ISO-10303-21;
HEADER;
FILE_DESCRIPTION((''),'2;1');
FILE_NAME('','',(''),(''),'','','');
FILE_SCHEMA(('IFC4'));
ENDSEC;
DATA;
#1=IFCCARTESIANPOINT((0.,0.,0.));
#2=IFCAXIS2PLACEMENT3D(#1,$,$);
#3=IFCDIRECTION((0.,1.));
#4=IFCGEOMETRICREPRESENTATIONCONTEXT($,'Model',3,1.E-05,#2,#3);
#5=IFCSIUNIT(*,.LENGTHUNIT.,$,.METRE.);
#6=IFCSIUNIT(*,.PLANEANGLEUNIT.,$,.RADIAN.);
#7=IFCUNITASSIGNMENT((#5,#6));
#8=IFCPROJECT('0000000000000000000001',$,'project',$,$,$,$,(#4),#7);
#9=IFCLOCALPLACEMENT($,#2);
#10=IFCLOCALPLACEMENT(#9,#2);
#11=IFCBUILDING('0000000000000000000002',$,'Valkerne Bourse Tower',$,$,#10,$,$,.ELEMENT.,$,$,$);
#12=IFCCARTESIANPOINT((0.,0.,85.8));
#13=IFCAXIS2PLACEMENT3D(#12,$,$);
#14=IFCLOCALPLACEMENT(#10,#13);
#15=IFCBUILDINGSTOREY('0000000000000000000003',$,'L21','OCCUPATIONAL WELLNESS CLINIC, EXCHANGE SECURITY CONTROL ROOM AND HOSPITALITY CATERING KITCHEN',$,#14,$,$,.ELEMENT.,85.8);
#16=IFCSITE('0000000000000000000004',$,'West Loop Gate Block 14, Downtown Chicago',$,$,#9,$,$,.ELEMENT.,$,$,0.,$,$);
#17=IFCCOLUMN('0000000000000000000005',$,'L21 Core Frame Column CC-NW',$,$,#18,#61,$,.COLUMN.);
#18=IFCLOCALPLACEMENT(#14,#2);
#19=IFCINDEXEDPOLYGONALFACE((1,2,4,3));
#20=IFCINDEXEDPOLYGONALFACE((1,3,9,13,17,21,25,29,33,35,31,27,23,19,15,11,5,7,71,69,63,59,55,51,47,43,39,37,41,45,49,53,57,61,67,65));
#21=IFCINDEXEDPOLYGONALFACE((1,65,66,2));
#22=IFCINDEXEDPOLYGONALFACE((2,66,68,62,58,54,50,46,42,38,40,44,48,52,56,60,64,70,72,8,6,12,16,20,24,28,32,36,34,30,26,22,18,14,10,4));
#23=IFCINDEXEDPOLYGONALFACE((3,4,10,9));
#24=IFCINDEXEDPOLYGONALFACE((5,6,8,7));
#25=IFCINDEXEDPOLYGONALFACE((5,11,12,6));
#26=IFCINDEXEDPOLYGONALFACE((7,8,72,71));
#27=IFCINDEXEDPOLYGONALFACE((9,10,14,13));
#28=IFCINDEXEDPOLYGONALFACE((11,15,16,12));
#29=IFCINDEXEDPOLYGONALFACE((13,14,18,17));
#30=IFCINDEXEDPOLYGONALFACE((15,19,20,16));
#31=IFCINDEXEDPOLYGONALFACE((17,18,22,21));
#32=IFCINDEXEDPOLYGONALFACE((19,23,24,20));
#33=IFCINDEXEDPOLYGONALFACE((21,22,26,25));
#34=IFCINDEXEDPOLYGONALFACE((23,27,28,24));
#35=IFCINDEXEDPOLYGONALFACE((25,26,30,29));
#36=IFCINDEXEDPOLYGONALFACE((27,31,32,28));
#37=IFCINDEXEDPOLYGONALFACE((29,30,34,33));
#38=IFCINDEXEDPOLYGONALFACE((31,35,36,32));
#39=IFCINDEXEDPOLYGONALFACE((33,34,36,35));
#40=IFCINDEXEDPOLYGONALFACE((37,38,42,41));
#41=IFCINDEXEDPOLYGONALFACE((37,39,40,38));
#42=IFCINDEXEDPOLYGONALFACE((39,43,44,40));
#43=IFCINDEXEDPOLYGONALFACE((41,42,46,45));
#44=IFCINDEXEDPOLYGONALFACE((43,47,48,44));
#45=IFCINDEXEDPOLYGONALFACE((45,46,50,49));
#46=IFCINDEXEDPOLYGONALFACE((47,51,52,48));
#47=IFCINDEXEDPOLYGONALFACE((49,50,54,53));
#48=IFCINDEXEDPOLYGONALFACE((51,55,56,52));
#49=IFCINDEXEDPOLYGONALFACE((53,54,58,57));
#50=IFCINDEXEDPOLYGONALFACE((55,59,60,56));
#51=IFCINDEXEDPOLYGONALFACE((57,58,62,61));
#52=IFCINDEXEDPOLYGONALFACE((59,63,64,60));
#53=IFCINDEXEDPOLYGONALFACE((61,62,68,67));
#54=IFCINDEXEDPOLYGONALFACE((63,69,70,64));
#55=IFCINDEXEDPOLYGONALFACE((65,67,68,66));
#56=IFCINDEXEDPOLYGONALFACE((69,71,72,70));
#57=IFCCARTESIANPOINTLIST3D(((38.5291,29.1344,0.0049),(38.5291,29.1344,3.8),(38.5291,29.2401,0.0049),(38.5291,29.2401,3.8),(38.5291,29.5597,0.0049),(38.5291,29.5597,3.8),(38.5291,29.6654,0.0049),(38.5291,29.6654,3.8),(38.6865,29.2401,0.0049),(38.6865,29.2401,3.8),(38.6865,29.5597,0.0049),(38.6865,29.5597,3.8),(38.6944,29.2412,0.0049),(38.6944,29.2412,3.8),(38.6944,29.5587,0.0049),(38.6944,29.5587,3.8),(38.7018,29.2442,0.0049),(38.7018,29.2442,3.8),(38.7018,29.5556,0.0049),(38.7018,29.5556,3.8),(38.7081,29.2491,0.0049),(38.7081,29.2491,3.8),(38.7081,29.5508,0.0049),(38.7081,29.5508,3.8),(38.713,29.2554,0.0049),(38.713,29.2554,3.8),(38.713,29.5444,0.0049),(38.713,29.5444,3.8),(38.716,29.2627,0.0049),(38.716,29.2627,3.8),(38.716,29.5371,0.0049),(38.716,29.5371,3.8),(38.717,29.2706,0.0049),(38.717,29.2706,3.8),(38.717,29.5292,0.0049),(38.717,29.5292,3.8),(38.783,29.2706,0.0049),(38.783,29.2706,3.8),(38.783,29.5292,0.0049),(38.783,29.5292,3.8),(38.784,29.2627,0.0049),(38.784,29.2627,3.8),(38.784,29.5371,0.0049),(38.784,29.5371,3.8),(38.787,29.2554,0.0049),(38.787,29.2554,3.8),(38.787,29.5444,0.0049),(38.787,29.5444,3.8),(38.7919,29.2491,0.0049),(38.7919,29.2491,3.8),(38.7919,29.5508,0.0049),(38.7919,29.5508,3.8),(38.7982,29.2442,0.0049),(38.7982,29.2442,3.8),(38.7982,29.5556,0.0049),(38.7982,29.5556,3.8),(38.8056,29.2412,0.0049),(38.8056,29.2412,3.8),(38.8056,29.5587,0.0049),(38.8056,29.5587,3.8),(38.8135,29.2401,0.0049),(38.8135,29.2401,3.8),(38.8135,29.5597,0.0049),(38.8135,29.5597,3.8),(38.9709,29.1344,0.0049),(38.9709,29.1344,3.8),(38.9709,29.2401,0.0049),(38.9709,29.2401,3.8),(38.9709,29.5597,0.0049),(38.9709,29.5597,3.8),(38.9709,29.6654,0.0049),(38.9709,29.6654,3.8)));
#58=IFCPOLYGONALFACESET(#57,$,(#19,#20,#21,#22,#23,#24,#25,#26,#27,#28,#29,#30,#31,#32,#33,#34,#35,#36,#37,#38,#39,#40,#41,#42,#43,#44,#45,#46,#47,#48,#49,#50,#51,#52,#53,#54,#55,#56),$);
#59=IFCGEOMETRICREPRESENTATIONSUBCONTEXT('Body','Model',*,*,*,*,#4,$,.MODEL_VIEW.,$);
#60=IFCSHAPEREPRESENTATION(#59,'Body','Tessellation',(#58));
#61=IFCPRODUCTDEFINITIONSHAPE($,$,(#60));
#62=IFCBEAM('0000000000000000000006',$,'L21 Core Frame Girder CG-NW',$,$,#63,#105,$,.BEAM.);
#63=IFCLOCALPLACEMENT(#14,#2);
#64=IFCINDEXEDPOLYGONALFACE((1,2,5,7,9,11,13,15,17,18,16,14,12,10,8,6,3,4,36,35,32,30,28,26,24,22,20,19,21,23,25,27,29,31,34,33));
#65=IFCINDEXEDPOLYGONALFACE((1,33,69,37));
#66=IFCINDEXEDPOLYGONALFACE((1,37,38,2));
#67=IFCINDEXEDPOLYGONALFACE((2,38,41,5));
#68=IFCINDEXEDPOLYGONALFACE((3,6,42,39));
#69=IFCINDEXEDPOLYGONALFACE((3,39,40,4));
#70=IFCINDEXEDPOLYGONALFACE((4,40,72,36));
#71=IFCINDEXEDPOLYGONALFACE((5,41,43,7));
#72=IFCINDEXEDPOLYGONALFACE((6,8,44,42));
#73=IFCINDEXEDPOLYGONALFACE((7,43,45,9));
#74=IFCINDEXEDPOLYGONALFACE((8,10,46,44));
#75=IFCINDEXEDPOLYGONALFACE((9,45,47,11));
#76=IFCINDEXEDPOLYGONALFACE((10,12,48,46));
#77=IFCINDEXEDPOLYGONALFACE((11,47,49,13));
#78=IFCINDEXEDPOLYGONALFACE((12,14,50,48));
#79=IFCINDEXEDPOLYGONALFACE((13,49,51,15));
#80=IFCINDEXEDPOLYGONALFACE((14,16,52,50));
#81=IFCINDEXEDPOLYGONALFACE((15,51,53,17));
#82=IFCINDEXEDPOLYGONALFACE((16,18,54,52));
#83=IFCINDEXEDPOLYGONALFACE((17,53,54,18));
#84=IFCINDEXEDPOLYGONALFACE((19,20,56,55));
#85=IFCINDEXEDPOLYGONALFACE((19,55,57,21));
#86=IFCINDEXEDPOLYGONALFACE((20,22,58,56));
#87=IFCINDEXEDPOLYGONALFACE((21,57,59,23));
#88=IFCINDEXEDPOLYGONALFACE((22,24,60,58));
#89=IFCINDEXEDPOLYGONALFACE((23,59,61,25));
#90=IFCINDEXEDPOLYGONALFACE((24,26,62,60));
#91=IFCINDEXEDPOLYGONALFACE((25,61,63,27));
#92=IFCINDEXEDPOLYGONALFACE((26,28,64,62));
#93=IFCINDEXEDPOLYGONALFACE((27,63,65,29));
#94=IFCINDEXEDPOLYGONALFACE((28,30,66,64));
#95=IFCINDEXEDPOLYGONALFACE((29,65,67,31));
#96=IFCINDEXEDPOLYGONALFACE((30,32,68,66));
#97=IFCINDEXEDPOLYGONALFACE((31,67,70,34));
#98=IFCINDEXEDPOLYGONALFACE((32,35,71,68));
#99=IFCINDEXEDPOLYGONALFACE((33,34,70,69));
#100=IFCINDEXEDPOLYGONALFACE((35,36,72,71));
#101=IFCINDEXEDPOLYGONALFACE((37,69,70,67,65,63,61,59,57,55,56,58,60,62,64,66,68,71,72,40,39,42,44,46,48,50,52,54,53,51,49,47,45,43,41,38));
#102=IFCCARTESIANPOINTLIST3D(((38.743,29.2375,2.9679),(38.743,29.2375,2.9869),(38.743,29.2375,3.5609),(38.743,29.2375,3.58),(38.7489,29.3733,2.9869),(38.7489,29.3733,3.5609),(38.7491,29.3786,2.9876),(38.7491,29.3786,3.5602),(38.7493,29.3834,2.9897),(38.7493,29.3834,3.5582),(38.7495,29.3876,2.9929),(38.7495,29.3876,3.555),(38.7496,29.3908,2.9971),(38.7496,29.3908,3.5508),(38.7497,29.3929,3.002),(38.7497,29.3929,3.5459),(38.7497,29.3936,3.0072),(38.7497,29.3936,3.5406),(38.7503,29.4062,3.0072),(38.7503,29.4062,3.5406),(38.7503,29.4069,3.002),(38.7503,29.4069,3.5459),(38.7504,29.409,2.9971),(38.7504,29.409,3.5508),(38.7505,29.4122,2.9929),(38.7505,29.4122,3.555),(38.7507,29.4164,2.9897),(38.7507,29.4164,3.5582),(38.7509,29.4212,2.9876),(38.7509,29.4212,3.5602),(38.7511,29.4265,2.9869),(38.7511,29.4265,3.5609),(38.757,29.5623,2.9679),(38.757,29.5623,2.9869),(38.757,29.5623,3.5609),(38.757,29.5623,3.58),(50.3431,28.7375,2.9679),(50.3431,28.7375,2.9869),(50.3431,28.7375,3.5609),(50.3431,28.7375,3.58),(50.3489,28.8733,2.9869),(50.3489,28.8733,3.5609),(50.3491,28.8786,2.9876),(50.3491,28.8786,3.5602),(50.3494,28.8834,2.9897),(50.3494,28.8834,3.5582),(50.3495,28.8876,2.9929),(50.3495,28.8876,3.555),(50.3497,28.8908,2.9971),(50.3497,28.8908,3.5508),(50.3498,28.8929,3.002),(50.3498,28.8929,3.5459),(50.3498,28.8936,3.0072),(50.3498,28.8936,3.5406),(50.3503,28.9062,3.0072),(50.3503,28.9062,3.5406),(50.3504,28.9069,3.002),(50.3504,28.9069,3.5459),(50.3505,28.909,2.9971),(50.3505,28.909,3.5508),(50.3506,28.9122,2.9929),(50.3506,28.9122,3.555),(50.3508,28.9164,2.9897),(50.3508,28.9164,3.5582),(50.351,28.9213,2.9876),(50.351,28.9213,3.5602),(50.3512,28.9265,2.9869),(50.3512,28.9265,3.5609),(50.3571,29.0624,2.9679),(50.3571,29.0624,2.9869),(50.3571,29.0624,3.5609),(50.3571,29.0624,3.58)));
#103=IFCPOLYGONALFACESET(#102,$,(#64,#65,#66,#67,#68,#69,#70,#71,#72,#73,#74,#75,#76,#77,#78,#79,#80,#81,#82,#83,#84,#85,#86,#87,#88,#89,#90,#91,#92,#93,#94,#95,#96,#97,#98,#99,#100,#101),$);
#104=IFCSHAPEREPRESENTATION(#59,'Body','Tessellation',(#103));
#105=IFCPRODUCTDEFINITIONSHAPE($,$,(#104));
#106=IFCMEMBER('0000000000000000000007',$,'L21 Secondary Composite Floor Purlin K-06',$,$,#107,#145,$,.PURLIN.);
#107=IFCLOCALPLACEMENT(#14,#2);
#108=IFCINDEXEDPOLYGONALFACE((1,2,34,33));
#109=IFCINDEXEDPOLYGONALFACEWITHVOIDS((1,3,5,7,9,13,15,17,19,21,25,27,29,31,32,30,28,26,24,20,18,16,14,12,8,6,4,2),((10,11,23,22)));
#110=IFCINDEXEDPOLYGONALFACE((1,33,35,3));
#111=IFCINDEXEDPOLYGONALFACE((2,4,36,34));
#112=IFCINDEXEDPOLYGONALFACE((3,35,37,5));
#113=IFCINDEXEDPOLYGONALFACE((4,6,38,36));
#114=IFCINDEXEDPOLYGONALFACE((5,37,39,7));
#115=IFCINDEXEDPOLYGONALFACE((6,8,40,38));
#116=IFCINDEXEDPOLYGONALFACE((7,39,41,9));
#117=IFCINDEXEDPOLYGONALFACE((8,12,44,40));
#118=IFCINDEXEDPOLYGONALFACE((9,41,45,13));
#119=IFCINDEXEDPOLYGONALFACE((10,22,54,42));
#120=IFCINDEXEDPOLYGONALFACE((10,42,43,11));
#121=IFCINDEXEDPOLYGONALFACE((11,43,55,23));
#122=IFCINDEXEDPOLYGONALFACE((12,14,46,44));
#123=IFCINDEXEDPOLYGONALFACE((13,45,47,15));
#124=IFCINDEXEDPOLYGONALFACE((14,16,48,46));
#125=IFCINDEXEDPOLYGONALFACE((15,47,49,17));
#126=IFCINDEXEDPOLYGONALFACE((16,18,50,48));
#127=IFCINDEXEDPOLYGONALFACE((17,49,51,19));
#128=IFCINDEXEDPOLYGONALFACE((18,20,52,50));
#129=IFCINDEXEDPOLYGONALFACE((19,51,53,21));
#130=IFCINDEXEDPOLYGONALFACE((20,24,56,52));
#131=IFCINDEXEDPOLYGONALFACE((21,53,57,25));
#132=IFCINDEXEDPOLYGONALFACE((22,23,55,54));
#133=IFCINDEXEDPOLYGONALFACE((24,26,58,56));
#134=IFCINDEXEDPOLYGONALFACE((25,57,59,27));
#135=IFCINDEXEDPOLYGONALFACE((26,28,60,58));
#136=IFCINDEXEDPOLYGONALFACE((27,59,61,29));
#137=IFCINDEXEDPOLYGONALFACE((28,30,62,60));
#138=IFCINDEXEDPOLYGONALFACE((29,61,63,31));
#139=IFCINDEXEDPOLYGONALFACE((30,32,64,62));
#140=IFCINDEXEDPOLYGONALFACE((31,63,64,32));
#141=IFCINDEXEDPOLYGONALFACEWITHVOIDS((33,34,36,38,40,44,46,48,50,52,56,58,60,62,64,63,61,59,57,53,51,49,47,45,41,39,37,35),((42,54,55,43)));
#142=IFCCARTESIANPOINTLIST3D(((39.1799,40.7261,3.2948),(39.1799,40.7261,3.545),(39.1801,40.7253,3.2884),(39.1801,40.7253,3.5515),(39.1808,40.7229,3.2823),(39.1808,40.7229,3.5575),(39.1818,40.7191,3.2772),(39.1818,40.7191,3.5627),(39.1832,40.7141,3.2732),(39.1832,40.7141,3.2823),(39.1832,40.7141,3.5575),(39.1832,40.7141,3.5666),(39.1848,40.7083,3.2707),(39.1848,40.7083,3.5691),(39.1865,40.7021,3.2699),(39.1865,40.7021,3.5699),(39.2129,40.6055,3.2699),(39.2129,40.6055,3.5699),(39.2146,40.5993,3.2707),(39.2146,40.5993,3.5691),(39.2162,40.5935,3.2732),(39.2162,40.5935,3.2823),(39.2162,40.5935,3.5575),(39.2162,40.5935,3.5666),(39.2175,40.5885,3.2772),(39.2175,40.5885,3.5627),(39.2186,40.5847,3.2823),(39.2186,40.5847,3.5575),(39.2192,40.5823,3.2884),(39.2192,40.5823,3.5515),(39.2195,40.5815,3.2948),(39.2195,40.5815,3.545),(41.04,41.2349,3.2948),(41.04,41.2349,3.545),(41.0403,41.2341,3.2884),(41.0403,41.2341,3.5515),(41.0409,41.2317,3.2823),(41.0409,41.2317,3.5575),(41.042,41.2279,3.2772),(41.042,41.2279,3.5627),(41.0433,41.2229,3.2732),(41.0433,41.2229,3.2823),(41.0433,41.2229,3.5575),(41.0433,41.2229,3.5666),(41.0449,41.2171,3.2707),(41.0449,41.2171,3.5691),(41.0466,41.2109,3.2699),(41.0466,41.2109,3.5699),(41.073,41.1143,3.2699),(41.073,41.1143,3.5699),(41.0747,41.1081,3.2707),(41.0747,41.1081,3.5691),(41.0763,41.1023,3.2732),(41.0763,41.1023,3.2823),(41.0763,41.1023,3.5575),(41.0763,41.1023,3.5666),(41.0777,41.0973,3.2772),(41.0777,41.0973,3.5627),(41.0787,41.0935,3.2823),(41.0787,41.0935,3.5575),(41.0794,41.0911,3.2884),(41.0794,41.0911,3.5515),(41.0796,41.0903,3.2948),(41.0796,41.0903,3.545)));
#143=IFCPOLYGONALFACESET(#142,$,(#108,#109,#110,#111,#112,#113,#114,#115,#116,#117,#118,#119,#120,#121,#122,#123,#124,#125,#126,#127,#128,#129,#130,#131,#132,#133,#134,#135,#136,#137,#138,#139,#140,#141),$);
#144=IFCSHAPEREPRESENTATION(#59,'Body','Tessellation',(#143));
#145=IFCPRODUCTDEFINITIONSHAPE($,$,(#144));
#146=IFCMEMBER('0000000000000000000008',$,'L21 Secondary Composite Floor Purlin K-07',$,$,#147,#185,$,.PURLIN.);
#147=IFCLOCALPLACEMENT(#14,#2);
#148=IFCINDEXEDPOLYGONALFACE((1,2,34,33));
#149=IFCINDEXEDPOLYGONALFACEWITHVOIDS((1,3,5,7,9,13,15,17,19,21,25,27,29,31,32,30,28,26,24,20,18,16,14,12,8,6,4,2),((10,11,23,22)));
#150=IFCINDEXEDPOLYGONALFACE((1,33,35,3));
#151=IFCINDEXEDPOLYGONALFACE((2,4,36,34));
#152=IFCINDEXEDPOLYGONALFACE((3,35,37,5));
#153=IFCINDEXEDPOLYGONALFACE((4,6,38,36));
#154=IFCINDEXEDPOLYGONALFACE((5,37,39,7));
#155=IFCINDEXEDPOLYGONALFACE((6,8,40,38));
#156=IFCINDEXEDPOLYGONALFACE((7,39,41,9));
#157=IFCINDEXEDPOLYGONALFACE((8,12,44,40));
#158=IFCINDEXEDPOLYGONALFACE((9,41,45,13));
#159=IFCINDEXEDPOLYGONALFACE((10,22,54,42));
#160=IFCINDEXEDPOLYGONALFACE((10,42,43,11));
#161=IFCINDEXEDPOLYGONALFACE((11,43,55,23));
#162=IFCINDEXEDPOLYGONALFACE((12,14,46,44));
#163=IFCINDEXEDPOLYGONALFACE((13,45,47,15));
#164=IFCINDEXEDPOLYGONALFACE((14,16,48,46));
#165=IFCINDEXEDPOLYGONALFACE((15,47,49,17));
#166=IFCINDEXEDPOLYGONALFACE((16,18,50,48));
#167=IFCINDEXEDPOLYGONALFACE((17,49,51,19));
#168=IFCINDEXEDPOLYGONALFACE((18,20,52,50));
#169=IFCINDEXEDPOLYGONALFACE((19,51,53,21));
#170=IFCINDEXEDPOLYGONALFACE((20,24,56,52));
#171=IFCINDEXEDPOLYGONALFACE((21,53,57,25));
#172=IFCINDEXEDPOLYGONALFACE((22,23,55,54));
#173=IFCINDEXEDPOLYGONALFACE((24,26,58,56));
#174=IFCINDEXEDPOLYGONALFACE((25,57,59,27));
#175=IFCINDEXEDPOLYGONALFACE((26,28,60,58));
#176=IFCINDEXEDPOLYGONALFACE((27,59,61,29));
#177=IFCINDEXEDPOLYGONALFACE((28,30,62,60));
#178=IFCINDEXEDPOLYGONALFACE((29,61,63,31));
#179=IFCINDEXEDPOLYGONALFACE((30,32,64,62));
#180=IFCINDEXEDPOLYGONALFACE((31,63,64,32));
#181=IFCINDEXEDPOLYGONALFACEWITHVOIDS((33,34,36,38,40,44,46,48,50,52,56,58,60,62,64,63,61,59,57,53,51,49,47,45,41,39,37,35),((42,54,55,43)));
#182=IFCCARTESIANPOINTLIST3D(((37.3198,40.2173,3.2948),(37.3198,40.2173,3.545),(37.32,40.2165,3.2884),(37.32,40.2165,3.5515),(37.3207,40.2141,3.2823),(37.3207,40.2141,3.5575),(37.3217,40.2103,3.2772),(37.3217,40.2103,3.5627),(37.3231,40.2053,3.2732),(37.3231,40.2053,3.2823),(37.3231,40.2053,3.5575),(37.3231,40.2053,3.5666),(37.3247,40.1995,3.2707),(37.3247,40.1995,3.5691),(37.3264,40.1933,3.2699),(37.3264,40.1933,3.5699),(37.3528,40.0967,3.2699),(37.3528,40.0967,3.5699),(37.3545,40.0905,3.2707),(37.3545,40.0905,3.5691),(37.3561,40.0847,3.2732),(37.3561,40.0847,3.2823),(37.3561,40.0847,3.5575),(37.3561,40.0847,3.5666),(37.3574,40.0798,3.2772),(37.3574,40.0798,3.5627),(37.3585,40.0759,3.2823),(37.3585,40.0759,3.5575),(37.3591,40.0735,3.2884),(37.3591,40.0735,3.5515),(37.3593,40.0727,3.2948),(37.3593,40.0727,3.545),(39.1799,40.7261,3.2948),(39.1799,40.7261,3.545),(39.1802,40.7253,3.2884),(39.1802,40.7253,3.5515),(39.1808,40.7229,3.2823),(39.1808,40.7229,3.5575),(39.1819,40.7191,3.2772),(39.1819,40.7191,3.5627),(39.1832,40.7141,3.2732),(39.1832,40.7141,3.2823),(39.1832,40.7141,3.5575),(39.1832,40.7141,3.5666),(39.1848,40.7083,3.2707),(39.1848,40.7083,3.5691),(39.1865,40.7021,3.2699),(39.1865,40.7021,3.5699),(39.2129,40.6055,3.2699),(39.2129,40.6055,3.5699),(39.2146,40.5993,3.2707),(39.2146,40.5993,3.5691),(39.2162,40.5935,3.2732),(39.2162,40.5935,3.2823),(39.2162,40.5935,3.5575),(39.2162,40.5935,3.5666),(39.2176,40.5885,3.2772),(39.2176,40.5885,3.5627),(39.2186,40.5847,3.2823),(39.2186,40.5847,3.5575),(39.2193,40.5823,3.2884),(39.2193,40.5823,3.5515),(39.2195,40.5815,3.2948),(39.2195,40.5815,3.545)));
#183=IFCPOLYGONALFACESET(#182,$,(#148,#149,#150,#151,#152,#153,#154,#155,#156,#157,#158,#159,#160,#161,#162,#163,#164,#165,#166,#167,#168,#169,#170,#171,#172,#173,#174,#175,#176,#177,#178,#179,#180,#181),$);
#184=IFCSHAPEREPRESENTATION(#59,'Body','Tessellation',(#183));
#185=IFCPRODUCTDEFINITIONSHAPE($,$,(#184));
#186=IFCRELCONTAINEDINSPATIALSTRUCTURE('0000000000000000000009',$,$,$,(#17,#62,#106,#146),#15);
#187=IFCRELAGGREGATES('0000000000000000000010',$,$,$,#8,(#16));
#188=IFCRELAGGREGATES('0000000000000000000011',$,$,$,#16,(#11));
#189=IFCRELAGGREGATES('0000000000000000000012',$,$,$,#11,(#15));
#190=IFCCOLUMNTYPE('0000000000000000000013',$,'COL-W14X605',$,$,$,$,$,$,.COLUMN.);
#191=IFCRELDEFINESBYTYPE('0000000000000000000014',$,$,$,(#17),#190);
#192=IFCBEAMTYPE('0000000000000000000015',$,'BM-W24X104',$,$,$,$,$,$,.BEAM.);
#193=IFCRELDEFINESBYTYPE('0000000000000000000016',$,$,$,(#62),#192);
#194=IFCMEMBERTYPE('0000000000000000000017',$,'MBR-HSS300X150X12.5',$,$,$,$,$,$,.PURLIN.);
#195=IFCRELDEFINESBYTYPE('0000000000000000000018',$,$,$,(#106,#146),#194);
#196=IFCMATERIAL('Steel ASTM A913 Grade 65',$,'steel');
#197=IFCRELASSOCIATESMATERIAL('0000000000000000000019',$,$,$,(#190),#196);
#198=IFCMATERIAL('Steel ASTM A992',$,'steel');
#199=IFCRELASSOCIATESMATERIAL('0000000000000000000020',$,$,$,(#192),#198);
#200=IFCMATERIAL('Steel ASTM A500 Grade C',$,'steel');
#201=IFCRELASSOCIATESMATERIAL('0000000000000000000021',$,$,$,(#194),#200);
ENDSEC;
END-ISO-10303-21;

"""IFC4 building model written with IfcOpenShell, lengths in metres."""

from ifc_helpers import new_model, si_unit, direction, frame, origin, origin_2d, place, context, subcontext, project, spatial, hollow_rectangle, i_section, extrude, material, material_profile, profile_set, type_object, element, save


model = new_model("IFC4")

# Units and contexts
model_context = context("Model", 3, precision=1e-05, world=origin(), true_north=direction((0.0, 1.0)))
body_context = subcontext(model_context, "Body", "Model", "MODEL_VIEW")
ifc_project = project(units=[si_unit("LENGTHUNIT", "METRE"), si_unit("PLANEANGLEUNIT", "RADIAN")], contexts=[model_context])

# Site, building, storey
site_placement = place(None, origin())
site = spatial("IfcSite", under=ifc_project, at=site_placement, Name="West Loop Gate Block 14, Downtown Chicago", CompositionType="ELEMENT", RefElevation=0.0)
building_placement = place(site_placement, origin())
building = spatial("IfcBuilding", under=site, at=building_placement, Name="Valkerne Bourse Tower", CompositionType="ELEMENT")
storey_placement = place(building_placement, frame((0.0, 0.0, 85.8)))
storey = spatial("IfcBuildingStorey", under=building, at=storey_placement, Name="L21", Description="OCCUPATIONAL WELLNESS CLINIC, EXCHANGE SECURITY CONTROL ROOM AND HOSPITALITY CATERING KITCHEN", CompositionType="ELEMENT", Elevation=85.8)

# Column
ifc_material_1 = material(Name="Steel ASTM A913 Grade 65", Category="steel")
ifc_material_profile_1 = material_profile(ifc_material_1, i_section(OverallWidth=0.4419, OverallDepth=0.531, WebThickness=0.0659, FlangeThickness=0.1057, FilletRadius=0.0305, at=origin_2d()), Name="W14X605")
ifc_profile_set_1 = profile_set([ifc_material_profile_1], Name="Steel ASTM A913 Grade 65")
column_type = type_object("IfcColumnType", Name="COL-W14X605", PredefinedType="COLUMN", material=ifc_profile_set_1)
column_placement = place(storey_placement, frame((38.75, 29.3999, 0.0049), z_axis=(0.0, 0.0, 1.0), x_axis=(1.0, 0.0, 0.0)))
element("IfcColumn", 1, at=column_placement, inside=storey, type_object=column_type, Name="L21 Core Frame Column CC-NW", PredefinedType="COLUMN", context=body_context, shape_type="SweptSolid", body=[
    extrude(i_section(OverallWidth=0.4419, OverallDepth=0.531, WebThickness=0.0659, FlangeThickness=0.1057, FilletRadius=0.0305, at=origin_2d()), origin(), (0.0, 0.0, 1.0), 3.7952),
])

# Beam
ifc_material_2 = material(Name="Steel ASTM A992", Category="steel")
ifc_material_profile_2 = material_profile(ifc_material_2, i_section(OverallWidth=0.3252, OverallDepth=0.6121, WebThickness=0.0127, FlangeThickness=0.019, FilletRadius=0.0203, at=origin_2d()), Name="W24X104")
ifc_profile_set_2 = profile_set([ifc_material_profile_2], Name="Steel ASTM A992")
beam_type = type_object("IfcBeamType", Name="BM-W24X104", PredefinedType="BEAM", material=ifc_profile_set_2)
beam_placement = place(storey_placement, frame((38.75, 29.3999, 3.2739), z_axis=(0.999072, -0.043063, 0.0), x_axis=(0.043063, 0.999072, 0.0)))
element("IfcBeam", 2, at=beam_placement, inside=storey, type_object=beam_type, Name="L21 Core Frame Girder CG-NW", PredefinedType="BEAM", context=body_context, shape_type="SweptSolid", body=[
    extrude(i_section(OverallWidth=0.3252, OverallDepth=0.6121, WebThickness=0.0127, FlangeThickness=0.019, FilletRadius=0.0203, at=origin_2d()), origin(), (0.0, 0.0, 1.0), 11.6108),
])

# Members
ifc_material_3 = material(Name="Steel ASTM A500 Grade C", Category="steel")
ifc_material_profile_3 = material_profile(ifc_material_3, hollow_rectangle(XDim=0.1499, YDim=0.3, WallThickness=0.0125, OuterFilletRadius=0.0249, at=origin_2d()), Name="HSS300X150X12.5")
ifc_profile_set_3 = profile_set([ifc_material_profile_3], Name="Steel ASTM A500 Grade C")
member_type = type_object("IfcMemberType", Name="MBR-HSS300X150X12.5", PredefinedType="PURLIN", material=ifc_profile_set_3)
for number, where, z_axis, x_axis, name in (
    (3, (41.0598, 41.1626, 3.4199), (-0.964568, -0.263835, 0.0), (0.263835, -0.964568, 0.0), "L21 Secondary Composite Floor Purlin K-06"),
    (4, (39.1997, 40.6538, 3.4199), (-0.964568, -0.263835, 0.0), (0.263835, -0.964568, 0.0), "L21 Secondary Composite Floor Purlin K-07"),
):
    element("IfcMember", number, at=place(storey_placement, frame(where, z_axis=z_axis, x_axis=x_axis)), inside=storey, type_object=member_type, Name=name, PredefinedType="PURLIN", context=body_context, shape_type="SweptSolid", body=[
        extrude(hollow_rectangle(XDim=0.1499, YDim=0.3, WallThickness=0.0125, OuterFilletRadius=0.0249, at=origin_2d()), origin(), (0.0, 0.0, 1.0), 1.9285),
    ])

save(model, "model.ifc")
